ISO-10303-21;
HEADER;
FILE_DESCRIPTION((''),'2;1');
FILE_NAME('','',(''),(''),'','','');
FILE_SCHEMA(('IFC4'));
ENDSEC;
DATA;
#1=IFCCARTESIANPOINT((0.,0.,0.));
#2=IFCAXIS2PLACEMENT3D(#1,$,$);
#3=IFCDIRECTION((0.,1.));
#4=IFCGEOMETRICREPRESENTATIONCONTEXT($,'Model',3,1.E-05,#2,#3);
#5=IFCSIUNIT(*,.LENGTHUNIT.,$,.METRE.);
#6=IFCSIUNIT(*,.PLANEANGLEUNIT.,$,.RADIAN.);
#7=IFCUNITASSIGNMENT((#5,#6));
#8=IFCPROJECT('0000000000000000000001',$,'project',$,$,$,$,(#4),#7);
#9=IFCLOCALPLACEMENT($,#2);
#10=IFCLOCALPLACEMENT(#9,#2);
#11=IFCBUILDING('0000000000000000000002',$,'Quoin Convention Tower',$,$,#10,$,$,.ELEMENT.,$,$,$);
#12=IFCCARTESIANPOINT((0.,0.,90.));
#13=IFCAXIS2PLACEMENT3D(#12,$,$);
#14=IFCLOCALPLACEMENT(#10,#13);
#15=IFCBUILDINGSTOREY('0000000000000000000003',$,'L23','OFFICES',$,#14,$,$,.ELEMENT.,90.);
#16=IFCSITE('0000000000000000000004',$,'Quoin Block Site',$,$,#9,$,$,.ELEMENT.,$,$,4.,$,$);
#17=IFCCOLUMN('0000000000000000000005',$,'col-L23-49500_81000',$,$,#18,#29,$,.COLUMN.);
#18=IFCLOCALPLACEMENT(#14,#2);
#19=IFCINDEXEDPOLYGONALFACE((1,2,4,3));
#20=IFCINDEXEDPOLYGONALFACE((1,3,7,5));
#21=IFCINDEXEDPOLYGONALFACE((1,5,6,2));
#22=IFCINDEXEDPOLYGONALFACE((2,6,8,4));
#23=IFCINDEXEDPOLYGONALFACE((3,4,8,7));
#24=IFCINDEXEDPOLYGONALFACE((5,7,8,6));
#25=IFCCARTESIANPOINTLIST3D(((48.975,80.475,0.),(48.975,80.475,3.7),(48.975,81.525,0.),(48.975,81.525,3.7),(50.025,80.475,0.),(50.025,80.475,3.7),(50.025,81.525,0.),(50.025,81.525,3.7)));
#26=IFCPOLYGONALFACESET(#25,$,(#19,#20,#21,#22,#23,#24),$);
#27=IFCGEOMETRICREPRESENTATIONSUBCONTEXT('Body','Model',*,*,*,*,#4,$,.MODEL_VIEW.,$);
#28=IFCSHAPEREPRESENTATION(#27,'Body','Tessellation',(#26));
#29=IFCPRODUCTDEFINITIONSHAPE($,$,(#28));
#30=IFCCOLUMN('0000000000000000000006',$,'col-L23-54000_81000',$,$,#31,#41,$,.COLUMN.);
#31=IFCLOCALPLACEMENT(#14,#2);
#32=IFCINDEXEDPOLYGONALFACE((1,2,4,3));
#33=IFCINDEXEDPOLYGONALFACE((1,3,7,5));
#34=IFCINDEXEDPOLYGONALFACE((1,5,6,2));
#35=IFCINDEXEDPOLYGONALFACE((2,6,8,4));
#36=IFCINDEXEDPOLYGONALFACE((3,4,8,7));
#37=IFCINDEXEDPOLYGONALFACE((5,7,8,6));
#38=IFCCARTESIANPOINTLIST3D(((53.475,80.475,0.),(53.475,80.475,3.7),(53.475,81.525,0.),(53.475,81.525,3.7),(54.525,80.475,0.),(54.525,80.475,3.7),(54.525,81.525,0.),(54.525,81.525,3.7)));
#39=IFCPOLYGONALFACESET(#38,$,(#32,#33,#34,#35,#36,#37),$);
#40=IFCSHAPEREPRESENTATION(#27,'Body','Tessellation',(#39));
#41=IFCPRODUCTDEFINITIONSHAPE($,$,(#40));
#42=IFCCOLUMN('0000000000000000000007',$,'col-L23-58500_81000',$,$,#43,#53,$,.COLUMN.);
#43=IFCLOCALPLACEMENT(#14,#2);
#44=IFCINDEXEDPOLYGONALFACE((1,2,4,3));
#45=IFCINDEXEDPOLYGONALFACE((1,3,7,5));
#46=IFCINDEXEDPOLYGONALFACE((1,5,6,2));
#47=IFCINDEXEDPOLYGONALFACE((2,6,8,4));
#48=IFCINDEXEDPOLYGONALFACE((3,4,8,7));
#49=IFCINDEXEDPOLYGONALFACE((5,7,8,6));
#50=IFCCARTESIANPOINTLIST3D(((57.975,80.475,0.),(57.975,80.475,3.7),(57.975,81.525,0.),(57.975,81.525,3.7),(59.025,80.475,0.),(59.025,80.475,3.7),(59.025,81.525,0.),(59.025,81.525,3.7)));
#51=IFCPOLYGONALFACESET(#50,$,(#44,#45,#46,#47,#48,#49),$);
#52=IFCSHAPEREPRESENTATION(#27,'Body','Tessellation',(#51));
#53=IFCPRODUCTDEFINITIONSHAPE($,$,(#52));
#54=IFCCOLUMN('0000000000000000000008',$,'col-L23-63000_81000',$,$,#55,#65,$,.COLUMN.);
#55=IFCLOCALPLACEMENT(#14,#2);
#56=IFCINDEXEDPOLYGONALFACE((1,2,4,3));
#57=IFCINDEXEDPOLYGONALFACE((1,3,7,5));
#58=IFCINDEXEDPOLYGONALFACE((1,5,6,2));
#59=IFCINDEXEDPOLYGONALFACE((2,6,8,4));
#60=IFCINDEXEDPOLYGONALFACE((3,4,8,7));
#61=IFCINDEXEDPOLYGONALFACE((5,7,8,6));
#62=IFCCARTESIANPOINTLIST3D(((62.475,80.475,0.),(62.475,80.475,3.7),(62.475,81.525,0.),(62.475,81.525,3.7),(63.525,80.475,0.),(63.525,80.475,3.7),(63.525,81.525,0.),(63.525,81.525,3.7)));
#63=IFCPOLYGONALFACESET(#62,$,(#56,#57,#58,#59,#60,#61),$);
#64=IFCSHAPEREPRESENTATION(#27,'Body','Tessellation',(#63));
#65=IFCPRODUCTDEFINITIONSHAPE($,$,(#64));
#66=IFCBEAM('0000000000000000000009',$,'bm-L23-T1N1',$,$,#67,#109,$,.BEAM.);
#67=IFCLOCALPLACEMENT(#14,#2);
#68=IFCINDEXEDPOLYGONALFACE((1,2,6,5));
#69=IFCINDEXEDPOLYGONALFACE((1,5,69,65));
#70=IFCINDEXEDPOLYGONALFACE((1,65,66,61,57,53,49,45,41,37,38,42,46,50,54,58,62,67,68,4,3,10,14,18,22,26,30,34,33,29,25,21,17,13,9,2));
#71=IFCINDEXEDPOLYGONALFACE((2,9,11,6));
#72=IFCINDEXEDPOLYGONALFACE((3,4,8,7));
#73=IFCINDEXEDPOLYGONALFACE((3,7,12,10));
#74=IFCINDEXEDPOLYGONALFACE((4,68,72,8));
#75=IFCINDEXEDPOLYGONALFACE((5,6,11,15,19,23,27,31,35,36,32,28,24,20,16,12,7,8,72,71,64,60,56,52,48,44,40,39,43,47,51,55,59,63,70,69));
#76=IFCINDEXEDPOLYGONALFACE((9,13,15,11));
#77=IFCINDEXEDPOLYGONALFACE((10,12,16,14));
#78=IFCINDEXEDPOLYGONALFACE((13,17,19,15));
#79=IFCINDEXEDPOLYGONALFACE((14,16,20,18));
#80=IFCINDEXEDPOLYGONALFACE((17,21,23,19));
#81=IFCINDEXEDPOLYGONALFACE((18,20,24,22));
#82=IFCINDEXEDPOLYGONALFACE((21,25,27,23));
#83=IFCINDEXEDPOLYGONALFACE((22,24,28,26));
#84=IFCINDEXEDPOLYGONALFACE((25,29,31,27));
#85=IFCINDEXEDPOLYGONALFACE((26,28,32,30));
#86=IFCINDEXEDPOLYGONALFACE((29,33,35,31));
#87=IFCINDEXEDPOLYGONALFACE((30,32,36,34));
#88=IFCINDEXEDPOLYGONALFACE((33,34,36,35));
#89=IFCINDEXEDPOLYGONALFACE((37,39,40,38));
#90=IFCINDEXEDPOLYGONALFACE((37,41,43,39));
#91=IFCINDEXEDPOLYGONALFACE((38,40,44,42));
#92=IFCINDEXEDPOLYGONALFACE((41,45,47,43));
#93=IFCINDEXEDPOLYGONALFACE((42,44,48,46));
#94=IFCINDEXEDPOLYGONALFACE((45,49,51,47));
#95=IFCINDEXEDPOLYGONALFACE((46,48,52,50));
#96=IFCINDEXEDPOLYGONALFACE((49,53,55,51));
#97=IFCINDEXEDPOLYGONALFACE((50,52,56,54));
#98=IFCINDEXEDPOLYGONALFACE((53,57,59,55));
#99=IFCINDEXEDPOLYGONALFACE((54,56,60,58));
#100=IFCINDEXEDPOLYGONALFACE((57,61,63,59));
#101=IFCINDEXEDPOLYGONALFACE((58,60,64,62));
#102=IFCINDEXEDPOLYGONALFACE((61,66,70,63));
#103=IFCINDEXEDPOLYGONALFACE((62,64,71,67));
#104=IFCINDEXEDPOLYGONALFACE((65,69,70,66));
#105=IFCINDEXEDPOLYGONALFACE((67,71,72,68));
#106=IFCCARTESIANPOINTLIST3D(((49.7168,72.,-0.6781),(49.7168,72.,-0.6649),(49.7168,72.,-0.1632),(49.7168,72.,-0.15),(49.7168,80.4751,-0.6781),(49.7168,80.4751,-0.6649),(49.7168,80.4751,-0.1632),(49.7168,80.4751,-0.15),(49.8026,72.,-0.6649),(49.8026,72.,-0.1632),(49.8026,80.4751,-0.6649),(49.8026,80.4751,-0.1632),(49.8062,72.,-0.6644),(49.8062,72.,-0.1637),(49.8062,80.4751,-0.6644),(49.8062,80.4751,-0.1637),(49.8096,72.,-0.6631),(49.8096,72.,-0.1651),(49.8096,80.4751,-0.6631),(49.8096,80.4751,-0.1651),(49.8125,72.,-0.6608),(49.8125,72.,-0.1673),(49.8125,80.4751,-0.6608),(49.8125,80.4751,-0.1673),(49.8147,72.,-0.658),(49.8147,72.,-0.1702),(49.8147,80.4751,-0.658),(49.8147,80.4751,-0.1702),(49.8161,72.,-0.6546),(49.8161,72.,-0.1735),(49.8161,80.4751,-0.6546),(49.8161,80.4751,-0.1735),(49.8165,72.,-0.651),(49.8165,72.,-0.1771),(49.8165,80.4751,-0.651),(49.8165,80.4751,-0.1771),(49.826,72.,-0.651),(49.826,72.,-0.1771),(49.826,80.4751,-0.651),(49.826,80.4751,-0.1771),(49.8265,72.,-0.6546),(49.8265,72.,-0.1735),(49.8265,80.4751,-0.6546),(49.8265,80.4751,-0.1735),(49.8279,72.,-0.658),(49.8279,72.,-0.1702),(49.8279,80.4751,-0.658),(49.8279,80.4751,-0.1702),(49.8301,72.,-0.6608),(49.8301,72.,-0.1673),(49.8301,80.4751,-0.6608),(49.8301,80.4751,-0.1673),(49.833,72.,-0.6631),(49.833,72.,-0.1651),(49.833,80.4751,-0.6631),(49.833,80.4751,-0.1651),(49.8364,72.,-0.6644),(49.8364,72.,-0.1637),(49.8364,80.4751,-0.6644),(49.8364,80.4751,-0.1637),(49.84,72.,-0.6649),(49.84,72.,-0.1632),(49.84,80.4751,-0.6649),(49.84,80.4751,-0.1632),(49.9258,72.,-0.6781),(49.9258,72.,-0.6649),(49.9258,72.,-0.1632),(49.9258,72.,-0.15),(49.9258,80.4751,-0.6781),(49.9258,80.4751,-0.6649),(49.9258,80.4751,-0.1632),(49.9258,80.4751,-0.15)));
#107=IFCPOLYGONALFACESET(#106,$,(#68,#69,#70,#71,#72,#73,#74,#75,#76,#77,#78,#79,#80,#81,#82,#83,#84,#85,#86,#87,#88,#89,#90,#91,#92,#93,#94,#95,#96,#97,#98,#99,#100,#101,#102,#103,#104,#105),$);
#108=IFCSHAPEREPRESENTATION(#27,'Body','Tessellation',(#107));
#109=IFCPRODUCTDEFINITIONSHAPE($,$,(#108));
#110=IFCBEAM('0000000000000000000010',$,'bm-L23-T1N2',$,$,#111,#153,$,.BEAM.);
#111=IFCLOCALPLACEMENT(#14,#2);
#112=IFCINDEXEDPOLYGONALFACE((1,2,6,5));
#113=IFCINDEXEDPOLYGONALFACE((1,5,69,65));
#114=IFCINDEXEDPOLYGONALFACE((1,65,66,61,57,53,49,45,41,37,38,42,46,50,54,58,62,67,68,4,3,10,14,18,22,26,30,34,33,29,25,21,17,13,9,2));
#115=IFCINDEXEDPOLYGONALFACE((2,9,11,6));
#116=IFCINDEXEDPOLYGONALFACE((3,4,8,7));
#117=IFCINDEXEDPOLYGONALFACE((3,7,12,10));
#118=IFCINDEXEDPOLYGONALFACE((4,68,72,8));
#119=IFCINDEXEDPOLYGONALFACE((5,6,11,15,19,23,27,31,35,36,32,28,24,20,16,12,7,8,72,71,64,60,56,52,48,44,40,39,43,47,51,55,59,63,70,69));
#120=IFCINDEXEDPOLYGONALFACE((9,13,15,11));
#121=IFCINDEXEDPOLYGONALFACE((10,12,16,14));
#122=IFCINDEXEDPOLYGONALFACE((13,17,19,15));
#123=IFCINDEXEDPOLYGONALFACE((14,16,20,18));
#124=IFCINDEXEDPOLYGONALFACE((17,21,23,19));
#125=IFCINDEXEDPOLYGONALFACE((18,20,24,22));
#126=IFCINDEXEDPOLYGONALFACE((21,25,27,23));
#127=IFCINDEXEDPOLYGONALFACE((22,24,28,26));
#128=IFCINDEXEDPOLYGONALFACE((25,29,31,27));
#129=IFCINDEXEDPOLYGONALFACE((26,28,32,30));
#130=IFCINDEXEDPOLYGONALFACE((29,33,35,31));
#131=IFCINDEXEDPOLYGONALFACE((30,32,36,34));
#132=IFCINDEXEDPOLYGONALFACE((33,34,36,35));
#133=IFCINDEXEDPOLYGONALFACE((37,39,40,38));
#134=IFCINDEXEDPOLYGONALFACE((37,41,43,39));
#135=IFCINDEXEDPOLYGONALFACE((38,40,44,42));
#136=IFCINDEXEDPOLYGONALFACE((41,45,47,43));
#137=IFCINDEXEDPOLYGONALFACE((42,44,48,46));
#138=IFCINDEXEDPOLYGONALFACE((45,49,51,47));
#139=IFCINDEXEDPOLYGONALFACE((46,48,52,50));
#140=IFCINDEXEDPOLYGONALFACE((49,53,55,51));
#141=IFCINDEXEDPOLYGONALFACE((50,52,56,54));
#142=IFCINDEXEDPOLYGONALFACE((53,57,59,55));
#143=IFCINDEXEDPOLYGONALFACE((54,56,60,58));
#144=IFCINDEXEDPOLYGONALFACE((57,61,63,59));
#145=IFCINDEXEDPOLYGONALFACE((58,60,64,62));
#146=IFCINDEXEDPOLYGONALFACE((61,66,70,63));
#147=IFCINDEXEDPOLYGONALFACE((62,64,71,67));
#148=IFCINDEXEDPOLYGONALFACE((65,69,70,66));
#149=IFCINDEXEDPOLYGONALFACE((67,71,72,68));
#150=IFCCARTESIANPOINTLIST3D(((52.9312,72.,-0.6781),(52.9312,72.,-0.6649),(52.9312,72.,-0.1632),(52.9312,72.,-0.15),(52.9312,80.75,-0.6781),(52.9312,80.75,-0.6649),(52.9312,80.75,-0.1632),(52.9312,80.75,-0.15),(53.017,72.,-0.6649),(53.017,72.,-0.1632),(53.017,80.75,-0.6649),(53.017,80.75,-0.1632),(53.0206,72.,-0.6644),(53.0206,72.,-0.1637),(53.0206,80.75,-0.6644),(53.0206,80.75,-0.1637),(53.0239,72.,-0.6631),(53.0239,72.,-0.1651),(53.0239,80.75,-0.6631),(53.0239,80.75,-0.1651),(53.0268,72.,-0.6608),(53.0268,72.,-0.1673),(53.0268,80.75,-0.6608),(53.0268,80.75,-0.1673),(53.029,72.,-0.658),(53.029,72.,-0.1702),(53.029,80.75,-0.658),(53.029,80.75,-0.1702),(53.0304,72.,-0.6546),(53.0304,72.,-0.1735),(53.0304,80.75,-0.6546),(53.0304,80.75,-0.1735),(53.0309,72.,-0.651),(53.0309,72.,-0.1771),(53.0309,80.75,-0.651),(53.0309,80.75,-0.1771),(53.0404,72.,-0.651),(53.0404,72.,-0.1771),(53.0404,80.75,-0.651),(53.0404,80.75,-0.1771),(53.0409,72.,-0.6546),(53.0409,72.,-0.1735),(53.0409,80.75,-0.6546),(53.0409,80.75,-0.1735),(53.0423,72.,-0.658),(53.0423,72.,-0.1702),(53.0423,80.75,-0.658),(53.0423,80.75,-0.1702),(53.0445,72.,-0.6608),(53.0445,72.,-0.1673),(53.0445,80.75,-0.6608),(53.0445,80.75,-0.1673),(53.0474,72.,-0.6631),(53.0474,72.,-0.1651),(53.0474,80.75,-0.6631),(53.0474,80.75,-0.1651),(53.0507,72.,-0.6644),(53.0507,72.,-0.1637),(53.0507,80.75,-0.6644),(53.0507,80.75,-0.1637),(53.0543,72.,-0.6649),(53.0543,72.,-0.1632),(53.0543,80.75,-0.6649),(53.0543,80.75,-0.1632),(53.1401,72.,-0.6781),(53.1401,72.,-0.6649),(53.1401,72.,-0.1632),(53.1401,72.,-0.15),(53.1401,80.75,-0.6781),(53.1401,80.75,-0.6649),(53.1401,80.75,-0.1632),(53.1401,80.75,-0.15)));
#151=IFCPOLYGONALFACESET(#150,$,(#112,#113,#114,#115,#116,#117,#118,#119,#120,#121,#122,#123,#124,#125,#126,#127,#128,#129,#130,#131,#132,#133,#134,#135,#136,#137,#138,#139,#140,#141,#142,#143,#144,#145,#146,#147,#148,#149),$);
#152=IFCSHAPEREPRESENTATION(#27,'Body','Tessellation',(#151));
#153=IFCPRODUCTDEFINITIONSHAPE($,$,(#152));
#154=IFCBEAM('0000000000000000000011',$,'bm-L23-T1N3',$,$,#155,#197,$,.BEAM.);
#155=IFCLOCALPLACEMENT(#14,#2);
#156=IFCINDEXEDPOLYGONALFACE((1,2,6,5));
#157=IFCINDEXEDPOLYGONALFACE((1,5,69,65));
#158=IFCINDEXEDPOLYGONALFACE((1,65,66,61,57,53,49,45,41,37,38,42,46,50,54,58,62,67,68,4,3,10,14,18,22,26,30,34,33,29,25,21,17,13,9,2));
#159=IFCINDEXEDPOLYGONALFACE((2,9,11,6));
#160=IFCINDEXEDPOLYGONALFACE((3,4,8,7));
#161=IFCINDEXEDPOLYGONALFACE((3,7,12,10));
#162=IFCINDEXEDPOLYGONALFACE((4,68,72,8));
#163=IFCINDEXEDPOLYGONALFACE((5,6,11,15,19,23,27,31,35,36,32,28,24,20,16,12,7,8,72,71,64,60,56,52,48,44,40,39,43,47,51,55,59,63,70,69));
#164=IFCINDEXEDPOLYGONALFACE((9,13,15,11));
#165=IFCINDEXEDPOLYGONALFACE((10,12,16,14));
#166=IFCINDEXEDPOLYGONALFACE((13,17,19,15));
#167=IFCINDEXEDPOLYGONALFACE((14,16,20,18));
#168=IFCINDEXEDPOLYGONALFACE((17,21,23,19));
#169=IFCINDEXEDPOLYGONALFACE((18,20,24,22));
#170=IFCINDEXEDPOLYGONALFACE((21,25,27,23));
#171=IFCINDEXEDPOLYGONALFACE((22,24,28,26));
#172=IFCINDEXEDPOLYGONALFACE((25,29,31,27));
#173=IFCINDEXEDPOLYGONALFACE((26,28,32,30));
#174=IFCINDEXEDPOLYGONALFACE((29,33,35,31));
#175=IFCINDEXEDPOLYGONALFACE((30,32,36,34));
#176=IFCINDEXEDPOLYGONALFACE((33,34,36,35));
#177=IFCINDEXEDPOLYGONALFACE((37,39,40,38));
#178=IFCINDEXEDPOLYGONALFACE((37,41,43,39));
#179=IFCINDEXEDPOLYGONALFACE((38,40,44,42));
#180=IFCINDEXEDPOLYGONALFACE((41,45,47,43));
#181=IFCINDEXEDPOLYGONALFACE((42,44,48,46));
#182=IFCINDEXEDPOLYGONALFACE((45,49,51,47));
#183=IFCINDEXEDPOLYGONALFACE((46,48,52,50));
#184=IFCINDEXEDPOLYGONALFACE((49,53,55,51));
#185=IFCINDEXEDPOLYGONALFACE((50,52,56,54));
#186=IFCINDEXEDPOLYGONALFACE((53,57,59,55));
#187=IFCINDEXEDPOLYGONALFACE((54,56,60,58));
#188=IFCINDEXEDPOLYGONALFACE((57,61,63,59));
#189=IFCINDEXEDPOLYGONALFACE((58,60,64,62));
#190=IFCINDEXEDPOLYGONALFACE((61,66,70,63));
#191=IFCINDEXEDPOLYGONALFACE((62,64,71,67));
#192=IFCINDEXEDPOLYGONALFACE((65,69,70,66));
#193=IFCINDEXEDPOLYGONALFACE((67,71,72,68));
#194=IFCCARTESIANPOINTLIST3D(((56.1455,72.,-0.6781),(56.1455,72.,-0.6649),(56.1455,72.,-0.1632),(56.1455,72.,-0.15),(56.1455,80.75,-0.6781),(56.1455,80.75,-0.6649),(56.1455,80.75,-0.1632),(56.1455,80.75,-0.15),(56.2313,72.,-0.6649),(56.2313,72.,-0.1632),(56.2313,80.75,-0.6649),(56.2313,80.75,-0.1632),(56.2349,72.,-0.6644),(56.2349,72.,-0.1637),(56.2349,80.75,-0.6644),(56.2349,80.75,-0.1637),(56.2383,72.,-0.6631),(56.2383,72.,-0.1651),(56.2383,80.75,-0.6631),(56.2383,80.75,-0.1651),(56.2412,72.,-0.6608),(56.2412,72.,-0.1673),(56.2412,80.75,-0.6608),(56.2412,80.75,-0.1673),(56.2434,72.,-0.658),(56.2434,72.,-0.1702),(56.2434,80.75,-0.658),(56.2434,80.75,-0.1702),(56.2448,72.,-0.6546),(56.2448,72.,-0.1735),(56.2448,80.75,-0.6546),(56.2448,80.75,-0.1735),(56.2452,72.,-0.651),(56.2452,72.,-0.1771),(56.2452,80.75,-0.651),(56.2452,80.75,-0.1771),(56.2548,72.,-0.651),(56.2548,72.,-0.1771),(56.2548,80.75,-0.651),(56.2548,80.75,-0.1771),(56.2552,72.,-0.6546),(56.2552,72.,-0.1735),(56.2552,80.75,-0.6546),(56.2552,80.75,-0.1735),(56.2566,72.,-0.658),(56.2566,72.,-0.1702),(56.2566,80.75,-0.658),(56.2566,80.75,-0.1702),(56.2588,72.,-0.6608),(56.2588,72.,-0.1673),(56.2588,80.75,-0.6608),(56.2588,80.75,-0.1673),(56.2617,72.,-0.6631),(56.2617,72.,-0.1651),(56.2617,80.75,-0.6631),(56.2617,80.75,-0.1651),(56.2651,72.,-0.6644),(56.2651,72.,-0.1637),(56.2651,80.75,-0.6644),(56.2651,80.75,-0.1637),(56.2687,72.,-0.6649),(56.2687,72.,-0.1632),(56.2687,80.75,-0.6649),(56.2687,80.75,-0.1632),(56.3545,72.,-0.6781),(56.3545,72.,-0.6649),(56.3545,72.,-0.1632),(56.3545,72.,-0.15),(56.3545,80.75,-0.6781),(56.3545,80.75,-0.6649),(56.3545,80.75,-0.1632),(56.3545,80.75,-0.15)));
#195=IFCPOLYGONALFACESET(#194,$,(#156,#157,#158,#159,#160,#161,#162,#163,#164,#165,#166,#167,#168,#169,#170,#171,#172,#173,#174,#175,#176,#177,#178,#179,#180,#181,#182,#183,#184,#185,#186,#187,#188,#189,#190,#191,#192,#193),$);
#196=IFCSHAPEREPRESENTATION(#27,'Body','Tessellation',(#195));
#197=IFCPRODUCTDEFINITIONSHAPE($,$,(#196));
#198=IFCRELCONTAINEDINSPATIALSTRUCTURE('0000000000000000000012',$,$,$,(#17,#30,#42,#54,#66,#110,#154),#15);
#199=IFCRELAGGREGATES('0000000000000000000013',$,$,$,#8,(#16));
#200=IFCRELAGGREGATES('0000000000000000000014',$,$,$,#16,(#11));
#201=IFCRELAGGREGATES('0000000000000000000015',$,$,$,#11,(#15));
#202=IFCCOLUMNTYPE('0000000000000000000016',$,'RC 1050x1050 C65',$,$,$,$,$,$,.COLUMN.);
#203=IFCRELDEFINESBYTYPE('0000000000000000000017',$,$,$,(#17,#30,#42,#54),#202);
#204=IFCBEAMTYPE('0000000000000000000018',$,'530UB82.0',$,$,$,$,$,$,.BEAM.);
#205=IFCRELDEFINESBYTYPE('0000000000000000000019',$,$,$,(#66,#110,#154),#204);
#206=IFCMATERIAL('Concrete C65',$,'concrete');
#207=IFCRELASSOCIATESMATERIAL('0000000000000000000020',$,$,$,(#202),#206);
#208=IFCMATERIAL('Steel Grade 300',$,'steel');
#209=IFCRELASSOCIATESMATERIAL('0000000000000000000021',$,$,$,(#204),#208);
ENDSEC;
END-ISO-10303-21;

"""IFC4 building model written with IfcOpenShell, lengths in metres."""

from ifc_helpers import new_model, si_unit, direction, frame, origin, origin_2d, place, context, subcontext, project, spatial, rectangle, i_section, extrude, material, material_profile, profile_set, type_object, element, save


model = new_model("IFC4")

# Units and contexts
model_context = context("Model", 3, precision=1e-05, world=origin(), true_north=direction((0.0, 1.0)))
body_context = subcontext(model_context, "Body", "Model", "MODEL_VIEW")
ifc_project = project(units=[si_unit("LENGTHUNIT", "METRE"), si_unit("PLANEANGLEUNIT", "RADIAN")], contexts=[model_context])

# Site, building, storey
site_placement = place(None, origin())
site = spatial("IfcSite", under=ifc_project, at=site_placement, Name="Quoin Block Site", CompositionType="ELEMENT", RefElevation=4.0)
building_placement = place(site_placement, origin())
building = spatial("IfcBuilding", under=site, at=building_placement, Name="Quoin Convention Tower", CompositionType="ELEMENT")
storey_placement = place(building_placement, frame((0.0, 0.0, 90.0)))
storey = spatial("IfcBuildingStorey", under=building, at=storey_placement, Name="L23", Description="OFFICES", CompositionType="ELEMENT", Elevation=90.0)

# Columns
ifc_material_1 = material(Name="Concrete C65", Category="concrete")
ifc_material_profile_1 = material_profile(ifc_material_1, rectangle(XDim=1.05, YDim=1.05, at=origin_2d()), Name="RC 1050x1050")
ifc_profile_set_1 = profile_set([ifc_material_profile_1], Name="Concrete C65")
column_type = type_object("IfcColumnType", Name="RC 1050x1050 C65", PredefinedType="COLUMN", material=ifc_profile_set_1)
for number, where, z_axis, x_axis, name in (
    (1, (49.5, 81.0, 0.0), (0.0, 0.0, 1.0), (1.0, 0.0, 0.0), "col-L23-49500_81000"),
    (2, (54.0, 81.0, 0.0), (0.0, 0.0, 1.0), (1.0, 0.0, 0.0), "col-L23-54000_81000"),
    (3, (58.5, 81.0, 0.0), (0.0, 0.0, 1.0), (1.0, 0.0, 0.0), "col-L23-58500_81000"),
    (4, (63.0, 81.0, 0.0), (0.0, 0.0, 1.0), (1.0, 0.0, 0.0), "col-L23-63000_81000"),
):
    element("IfcColumn", number, at=place(storey_placement, frame(where, z_axis=z_axis, x_axis=x_axis)), inside=storey, type_object=column_type, Name=name, PredefinedType="COLUMN", context=body_context, shape_type="SweptSolid", body=[
        extrude(rectangle(XDim=1.05, YDim=1.05, at=origin_2d()), origin(), (0.0, 0.0, 1.0), 3.7),
    ])

# Beams
ifc_material_2 = material(Name="Steel Grade 300", Category="steel")
ifc_material_profile_2 = material_profile(ifc_material_2, i_section(OverallWidth=0.209, OverallDepth=0.5281, WebThickness=0.0095, FlangeThickness=0.0132, FilletRadius=0.0139, at=origin_2d()), Name="530UB82.0")
ifc_profile_set_2 = profile_set([ifc_material_profile_2], Name="Steel Grade 300")
beam_type_1 = type_object("IfcBeamType", Name="530UB82.0", PredefinedType="BEAM", material=ifc_profile_set_2)
beam_1_placement = place(storey_placement, frame((49.8213, 72.0, -0.4141), z_axis=(0.0, 1.0, 0.0), x_axis=(-1.0, 0.0, 0.0)))
element("IfcBeam", 5, at=beam_1_placement, inside=storey, type_object=beam_type_1, Name="bm-L23-T1N1", PredefinedType="BEAM", context=body_context, shape_type="SweptSolid", body=[
    extrude(i_section(OverallWidth=0.209, OverallDepth=0.5281, WebThickness=0.0095, FlangeThickness=0.0132, FilletRadius=0.0139, at=origin_2d()), origin(), (0.0, 0.0, 1.0), 8.4751),
])
for number, where, z_axis, x_axis, name in (
    (6, (53.0356, 72.0, -0.4141), (0.0, 1.0, 0.0), (-1.0, 0.0, 0.0), "bm-L23-T1N2"),
    (7, (56.25, 72.0, -0.4141), (0.0, 1.0, 0.0), (-1.0, 0.0, 0.0), "bm-L23-T1N3"),
):
    element("IfcBeam", number, at=place(storey_placement, frame(where, z_axis=z_axis, x_axis=x_axis)), inside=storey, type_object=beam_type_1, Name=name, PredefinedType="BEAM", context=body_context, shape_type="SweptSolid", body=[
        extrude(i_section(OverallWidth=0.209, OverallDepth=0.5281, WebThickness=0.0095, FlangeThickness=0.0132, FilletRadius=0.0139, at=origin_2d()), origin(), (0.0, 0.0, 1.0), 8.75),
    ])

save(model, "model.ifc")
